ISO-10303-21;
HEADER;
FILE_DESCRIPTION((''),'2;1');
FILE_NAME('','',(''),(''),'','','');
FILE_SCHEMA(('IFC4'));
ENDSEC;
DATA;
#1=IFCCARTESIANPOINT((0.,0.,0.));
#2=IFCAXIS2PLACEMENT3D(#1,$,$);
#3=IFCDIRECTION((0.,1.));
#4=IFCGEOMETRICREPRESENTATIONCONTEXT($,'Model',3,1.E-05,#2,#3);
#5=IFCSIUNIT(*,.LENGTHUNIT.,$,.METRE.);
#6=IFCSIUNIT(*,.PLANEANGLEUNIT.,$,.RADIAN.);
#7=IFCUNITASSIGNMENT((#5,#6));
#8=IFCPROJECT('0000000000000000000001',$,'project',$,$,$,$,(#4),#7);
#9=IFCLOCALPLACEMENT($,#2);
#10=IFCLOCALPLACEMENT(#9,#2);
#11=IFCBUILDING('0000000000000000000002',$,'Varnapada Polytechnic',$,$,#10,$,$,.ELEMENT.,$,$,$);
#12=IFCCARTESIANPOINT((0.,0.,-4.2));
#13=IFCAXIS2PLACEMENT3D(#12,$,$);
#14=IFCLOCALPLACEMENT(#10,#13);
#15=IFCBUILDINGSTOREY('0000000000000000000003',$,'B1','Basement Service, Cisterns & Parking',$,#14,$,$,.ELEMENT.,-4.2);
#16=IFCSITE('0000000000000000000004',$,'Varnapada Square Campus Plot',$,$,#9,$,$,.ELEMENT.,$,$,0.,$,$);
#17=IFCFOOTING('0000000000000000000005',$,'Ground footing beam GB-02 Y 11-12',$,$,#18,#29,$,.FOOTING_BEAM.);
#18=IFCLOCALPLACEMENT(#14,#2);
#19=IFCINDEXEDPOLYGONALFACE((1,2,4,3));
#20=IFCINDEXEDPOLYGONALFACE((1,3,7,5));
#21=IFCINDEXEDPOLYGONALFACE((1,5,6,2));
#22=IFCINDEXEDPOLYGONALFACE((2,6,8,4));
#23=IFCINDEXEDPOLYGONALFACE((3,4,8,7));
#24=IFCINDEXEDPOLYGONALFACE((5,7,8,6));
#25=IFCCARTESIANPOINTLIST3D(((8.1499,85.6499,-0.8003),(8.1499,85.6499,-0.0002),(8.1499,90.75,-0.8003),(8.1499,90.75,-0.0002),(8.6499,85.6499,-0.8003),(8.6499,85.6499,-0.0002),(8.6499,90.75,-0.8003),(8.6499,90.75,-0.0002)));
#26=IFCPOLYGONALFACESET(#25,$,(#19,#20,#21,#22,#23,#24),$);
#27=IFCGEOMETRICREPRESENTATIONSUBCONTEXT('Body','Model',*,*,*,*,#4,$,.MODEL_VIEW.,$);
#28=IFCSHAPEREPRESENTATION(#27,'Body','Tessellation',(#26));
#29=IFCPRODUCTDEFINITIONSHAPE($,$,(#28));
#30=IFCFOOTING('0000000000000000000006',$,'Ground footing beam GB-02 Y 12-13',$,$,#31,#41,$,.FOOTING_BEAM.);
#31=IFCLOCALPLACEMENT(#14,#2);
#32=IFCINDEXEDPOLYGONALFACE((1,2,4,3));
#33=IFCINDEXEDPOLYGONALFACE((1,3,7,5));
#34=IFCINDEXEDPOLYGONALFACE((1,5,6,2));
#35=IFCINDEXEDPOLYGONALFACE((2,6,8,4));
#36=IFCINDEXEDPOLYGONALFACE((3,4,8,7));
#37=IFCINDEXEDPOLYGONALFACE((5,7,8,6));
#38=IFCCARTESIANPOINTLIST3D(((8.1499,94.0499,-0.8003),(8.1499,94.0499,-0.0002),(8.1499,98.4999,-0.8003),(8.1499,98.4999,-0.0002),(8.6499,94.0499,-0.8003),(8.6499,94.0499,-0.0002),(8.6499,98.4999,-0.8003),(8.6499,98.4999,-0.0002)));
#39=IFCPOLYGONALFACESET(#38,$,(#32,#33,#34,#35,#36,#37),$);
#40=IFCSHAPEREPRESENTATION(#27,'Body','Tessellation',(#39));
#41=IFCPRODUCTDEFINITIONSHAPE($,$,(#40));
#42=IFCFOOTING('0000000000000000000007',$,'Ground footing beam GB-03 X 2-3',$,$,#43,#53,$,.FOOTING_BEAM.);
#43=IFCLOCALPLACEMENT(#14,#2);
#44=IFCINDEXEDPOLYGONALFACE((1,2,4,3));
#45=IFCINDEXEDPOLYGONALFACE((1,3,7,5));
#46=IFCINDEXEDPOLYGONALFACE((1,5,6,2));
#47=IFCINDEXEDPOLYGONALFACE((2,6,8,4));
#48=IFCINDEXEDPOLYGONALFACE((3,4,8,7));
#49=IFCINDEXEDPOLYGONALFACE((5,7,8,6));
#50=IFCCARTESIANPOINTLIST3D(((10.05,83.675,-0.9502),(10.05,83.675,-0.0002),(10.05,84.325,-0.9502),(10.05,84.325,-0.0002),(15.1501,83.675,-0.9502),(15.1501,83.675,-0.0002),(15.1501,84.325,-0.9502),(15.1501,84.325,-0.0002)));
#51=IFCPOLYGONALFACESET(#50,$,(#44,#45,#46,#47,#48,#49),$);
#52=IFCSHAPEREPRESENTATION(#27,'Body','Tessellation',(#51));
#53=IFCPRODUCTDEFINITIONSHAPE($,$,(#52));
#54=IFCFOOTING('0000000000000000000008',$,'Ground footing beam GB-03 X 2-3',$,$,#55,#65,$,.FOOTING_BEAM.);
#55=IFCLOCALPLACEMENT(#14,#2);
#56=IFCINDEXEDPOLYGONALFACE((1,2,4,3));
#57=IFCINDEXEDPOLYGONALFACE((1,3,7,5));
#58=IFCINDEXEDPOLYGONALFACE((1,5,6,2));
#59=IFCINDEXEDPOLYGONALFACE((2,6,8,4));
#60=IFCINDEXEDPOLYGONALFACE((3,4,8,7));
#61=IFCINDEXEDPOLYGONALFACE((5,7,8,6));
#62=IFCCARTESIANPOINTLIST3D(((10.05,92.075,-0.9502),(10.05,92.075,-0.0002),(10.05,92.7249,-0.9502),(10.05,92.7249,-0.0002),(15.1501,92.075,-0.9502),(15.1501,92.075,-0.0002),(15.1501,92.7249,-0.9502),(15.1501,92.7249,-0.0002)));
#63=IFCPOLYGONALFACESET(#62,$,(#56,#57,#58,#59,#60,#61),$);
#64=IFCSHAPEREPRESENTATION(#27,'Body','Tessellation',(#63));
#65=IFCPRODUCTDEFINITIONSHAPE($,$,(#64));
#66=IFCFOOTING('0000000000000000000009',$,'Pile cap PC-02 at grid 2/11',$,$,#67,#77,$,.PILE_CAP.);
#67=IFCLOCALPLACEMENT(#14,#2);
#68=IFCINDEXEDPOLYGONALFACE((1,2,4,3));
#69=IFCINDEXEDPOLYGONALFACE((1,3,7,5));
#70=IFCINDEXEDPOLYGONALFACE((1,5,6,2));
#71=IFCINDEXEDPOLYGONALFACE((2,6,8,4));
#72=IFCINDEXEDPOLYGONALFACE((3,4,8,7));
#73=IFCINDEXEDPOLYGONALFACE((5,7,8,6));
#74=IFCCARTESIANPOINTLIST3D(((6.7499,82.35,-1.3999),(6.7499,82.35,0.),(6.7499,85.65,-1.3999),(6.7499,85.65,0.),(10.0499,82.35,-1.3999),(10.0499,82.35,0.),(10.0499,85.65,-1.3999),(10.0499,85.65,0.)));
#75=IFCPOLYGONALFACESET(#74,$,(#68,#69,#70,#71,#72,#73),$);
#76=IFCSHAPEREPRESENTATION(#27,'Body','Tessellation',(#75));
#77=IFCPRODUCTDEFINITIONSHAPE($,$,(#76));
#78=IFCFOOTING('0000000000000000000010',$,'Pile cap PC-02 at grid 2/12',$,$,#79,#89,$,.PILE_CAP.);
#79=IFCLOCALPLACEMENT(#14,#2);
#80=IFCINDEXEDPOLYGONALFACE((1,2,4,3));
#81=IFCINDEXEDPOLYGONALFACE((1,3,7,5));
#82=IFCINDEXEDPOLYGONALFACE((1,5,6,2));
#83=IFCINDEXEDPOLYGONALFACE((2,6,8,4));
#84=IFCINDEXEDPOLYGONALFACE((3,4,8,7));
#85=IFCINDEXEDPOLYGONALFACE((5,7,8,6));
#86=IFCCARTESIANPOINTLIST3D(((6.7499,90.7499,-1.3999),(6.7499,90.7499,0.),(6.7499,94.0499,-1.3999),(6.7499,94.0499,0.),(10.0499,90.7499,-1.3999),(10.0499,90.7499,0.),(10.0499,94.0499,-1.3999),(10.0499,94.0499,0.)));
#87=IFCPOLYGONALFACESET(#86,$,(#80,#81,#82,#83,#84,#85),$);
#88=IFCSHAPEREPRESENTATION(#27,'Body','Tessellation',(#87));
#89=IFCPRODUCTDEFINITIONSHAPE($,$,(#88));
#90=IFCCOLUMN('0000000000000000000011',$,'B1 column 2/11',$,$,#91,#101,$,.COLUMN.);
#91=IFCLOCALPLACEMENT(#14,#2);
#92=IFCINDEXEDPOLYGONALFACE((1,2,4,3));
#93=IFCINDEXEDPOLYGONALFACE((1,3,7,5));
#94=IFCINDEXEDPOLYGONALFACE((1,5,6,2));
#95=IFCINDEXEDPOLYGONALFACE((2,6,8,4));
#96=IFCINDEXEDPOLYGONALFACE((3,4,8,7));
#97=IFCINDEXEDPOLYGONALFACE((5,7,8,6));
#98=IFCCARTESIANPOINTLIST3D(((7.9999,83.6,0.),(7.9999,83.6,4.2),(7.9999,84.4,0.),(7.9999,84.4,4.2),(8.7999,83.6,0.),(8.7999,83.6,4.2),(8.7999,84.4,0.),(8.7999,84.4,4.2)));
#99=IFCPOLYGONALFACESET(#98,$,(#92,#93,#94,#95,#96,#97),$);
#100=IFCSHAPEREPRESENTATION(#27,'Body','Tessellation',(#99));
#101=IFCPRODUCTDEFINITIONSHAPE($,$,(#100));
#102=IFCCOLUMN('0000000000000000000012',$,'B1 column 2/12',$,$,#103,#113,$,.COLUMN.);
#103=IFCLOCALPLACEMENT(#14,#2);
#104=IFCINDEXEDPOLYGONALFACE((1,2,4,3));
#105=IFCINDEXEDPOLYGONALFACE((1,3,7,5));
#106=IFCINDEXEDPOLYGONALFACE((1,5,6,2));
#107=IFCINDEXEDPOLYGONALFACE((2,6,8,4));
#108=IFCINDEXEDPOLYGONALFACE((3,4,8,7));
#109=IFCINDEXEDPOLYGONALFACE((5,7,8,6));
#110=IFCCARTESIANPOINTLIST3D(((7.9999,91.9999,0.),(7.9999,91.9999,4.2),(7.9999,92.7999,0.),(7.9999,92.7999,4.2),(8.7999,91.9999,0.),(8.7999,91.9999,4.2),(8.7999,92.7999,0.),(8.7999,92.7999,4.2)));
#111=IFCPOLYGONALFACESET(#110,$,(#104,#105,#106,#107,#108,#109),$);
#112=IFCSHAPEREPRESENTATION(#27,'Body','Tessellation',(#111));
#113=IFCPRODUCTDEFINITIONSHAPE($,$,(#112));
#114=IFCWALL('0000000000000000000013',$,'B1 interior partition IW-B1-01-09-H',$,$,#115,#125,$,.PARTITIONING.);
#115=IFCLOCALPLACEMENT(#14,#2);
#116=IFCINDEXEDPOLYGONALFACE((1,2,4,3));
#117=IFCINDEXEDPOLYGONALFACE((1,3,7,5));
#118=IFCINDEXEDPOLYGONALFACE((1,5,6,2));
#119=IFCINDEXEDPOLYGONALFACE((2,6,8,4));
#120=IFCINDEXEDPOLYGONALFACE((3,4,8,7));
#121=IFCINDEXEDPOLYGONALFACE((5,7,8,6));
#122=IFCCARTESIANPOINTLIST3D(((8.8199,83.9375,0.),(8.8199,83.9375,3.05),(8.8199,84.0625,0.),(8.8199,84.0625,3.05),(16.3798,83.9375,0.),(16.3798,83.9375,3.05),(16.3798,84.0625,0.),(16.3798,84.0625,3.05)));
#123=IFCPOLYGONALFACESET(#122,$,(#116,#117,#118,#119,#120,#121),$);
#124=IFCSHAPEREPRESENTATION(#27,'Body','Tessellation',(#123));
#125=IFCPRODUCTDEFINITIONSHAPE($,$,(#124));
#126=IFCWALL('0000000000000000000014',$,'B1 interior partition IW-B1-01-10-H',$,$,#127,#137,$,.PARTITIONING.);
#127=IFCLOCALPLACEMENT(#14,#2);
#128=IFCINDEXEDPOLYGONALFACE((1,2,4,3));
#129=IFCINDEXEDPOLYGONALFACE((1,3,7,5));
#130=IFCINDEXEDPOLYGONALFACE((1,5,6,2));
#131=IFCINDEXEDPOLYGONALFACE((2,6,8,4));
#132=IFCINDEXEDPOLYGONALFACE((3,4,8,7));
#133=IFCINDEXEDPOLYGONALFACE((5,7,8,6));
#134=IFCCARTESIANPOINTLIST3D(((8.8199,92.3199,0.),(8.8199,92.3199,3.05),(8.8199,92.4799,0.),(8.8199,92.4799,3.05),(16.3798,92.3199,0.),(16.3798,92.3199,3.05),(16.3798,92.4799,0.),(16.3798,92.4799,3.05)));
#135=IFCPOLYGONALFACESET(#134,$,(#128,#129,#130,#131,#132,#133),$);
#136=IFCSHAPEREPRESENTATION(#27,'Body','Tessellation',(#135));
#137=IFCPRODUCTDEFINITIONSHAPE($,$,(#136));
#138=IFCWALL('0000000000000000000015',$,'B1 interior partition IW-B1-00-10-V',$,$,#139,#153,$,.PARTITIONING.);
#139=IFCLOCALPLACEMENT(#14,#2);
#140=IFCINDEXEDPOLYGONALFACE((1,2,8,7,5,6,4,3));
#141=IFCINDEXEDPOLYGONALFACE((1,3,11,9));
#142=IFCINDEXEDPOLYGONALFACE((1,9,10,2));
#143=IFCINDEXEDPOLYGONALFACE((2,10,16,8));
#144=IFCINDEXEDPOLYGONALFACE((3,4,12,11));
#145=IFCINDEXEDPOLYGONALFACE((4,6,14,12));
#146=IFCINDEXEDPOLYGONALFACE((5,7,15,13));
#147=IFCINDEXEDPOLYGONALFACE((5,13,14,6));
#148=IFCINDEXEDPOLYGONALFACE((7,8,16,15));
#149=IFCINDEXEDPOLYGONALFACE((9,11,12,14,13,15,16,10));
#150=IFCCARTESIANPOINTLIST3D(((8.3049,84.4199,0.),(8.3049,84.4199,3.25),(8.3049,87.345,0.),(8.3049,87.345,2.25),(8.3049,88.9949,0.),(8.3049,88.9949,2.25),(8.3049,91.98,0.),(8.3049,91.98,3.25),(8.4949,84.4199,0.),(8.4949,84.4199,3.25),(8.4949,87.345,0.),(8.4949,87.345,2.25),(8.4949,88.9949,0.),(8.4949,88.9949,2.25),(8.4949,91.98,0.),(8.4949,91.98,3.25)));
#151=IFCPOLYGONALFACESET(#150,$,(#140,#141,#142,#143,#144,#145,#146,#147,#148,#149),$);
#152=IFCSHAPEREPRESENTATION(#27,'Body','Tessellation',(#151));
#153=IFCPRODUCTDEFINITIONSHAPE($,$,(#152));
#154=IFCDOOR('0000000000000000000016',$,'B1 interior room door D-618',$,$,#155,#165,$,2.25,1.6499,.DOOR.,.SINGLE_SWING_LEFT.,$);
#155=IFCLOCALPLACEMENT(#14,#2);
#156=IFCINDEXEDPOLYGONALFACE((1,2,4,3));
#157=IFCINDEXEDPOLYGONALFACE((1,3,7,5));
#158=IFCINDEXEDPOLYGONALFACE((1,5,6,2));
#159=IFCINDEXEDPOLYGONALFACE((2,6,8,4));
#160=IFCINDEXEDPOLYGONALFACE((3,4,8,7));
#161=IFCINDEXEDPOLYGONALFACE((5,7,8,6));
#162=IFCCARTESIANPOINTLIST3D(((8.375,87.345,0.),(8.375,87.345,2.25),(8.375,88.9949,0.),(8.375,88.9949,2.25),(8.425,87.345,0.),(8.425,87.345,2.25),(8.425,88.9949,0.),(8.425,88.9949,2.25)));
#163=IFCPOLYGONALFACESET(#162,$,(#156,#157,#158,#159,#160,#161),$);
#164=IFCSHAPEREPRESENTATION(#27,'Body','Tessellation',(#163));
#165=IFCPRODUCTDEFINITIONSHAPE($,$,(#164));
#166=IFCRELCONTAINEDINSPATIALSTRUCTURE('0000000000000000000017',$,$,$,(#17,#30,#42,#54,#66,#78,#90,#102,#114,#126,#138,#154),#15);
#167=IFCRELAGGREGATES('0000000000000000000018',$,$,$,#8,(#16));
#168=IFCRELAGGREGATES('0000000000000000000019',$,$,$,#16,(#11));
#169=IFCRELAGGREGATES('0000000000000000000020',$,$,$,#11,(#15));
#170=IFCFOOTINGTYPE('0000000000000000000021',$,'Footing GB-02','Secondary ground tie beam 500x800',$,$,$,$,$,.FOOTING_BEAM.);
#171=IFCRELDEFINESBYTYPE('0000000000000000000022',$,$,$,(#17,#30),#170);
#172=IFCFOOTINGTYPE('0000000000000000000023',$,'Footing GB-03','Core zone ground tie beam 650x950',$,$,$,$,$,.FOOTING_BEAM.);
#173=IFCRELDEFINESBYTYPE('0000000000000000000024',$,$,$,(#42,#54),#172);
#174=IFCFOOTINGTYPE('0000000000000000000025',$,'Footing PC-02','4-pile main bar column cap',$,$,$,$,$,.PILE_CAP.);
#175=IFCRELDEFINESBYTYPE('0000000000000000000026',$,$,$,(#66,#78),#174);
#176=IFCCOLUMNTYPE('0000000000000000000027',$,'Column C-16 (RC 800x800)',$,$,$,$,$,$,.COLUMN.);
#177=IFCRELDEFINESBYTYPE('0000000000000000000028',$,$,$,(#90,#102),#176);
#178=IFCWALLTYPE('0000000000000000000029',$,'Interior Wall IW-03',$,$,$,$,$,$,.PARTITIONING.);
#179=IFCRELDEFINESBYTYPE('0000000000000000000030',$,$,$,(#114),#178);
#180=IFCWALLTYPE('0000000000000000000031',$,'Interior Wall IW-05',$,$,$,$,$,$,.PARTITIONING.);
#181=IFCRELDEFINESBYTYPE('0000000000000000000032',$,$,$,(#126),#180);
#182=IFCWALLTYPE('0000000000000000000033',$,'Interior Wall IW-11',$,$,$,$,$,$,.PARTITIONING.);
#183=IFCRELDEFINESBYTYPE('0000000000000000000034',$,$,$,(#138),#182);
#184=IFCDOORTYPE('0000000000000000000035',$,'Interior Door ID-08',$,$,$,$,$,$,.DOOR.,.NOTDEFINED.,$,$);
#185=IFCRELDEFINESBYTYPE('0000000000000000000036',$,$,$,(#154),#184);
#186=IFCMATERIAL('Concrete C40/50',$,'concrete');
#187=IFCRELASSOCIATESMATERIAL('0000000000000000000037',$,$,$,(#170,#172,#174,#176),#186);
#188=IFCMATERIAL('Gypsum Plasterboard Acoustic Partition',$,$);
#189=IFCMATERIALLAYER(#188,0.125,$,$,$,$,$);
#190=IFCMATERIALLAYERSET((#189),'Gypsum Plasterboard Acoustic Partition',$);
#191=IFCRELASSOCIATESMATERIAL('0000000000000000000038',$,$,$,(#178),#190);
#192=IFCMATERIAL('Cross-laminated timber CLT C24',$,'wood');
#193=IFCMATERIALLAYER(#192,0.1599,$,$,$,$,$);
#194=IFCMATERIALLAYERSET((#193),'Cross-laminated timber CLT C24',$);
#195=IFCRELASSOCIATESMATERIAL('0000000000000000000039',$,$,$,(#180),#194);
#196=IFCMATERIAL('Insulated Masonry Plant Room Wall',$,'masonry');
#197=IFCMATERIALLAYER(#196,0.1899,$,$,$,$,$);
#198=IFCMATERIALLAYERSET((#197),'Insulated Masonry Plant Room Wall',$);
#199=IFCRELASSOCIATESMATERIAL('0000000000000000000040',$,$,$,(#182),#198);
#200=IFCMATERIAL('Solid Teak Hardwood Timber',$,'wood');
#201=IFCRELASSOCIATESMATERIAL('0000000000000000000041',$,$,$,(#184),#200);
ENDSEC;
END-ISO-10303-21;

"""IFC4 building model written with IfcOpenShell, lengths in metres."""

from ifc_helpers import new_model, si_unit, direction, frame, frame_2d, origin, origin_2d, place, context, subcontext, project, spatial, rectangle, extrude, material, layer, layer_set, material_profile, profile_set, type_object, element, fill, save


model = new_model("IFC4")

# Units and contexts
model_context = context("Model", 3, precision=1e-05, world=origin(), true_north=direction((0.0, 1.0)))
body_context = subcontext(model_context, "Body", "Model", "MODEL_VIEW")
ifc_project = project(units=[si_unit("LENGTHUNIT", "METRE"), si_unit("PLANEANGLEUNIT", "RADIAN")], contexts=[model_context])

# Site, building, storey
site_placement = place(None, origin())
site = spatial("IfcSite", under=ifc_project, at=site_placement, Name="Varnapada Square Campus Plot", CompositionType="ELEMENT", RefElevation=0.0)
building_placement = place(site_placement, origin())
building = spatial("IfcBuilding", under=site, at=building_placement, Name="Varnapada Polytechnic", CompositionType="ELEMENT")
storey_placement = place(building_placement, frame((0.0, 0.0, -4.2)))
storey = spatial("IfcBuildingStorey", under=building, at=storey_placement, Name="B1", Description="Basement Service, Cisterns & Parking", CompositionType="ELEMENT", Elevation=-4.2)

# Shared definitions
ifc_material_1 = material(Name="Concrete C40/50", Category="concrete")

# Footings
footing_type_1 = type_object("IfcFootingType", Name="Footing GB-02", Description="Secondary ground tie beam 500x800", PredefinedType="FOOTING_BEAM", material=ifc_material_1)
footing_1_placement = place(storey_placement, frame((8.3999, 88.2, -0.8003), z_axis=(0.0, 0.0, 1.0), x_axis=(0.0, 1.0, 0.0)))
element("IfcFooting", 1, at=footing_1_placement, inside=storey, type_object=footing_type_1, Name="Ground footing beam GB-02 Y 11-12", PredefinedType="FOOTING_BEAM", context=body_context, shape_type="SweptSolid", body=[
    extrude(rectangle(XDim=5.1001, YDim=0.5, at=origin_2d()), origin(), (0.0, 0.0, 1.0), 0.8),
])
footing_2_placement = place(storey_placement, frame((8.3999, 96.2749, -0.8003), z_axis=(0.0, 0.0, 1.0), x_axis=(0.0, 1.0, 0.0)))
element("IfcFooting", 2, at=footing_2_placement, inside=storey, type_object=footing_type_1, Name="Ground footing beam GB-02 Y 12-13", PredefinedType="FOOTING_BEAM", context=body_context, shape_type="SweptSolid", body=[
    extrude(rectangle(XDim=4.45, YDim=0.5, at=origin_2d()), origin(), (0.0, 0.0, 1.0), 0.8),
])
footing_type_2 = type_object("IfcFootingType", Name="Footing GB-03", Description="Core zone ground tie beam 650x950", PredefinedType="FOOTING_BEAM", material=ifc_material_1)
for number, where, z_axis, x_axis, name in (
    (3, (12.6001, 84.0, -0.9502), (0.0, 0.0, 1.0), (1.0, 0.0, 0.0), "Ground footing beam GB-03 X 2-3"),
    (4, (12.6001, 92.3999, -0.9502), (0.0, 0.0, 1.0), (1.0, 0.0, 0.0), "Ground footing beam GB-03 X 2-3"),
):
    element("IfcFooting", number, at=place(storey_placement, frame(where, z_axis=z_axis, x_axis=x_axis)), inside=storey, type_object=footing_type_2, Name=name, PredefinedType="FOOTING_BEAM", context=body_context, shape_type="SweptSolid", body=[
        extrude(rectangle(XDim=5.1001, YDim=0.6499, at=origin_2d()), origin(), (0.0, 0.0, 1.0), 0.95),
    ])
footing_type_3 = type_object("IfcFootingType", Name="Footing PC-02", Description="4-pile main bar column cap", PredefinedType="PILE_CAP", material=ifc_material_1)
for number, where, z_axis, x_axis, name in (
    (5, (8.3999, 84.0, -1.3999), (0.0, 0.0, 1.0), (1.0, 0.0, 0.0), "Pile cap PC-02 at grid 2/11"),
    (6, (8.3999, 92.3999, -1.3999), (0.0, 0.0, 1.0), (1.0, 0.0, 0.0), "Pile cap PC-02 at grid 2/12"),
):
    element("IfcFooting", number, at=place(storey_placement, frame(where, z_axis=z_axis, x_axis=x_axis)), inside=storey, type_object=footing_type_3, Name=name, PredefinedType="PILE_CAP", context=body_context, shape_type="SweptSolid", body=[
        extrude(rectangle(XDim=3.3, YDim=3.3, at=origin_2d()), origin(), (0.0, 0.0, 1.0), 1.3999),
    ])

# Columns
ifc_material_profile_1 = material_profile(ifc_material_1, rectangle(XDim=0.8, YDim=0.8, at=origin_2d()), Name="RC 800x800")
ifc_profile_set_1 = profile_set([ifc_material_profile_1], Name="Concrete C40/50")
column_type = type_object("IfcColumnType", Name="Column C-16 (RC 800x800)", PredefinedType="COLUMN", material=ifc_profile_set_1)
for number, where, z_axis, x_axis, name in (
    (7, (8.3999, 84.0, 0.0), (0.0, 0.0, 1.0), (1.0, 0.0, 0.0), "B1 column 2/11"),
    (8, (8.3999, 92.3999, 0.0), (0.0, 0.0, 1.0), (1.0, 0.0, 0.0), "B1 column 2/12"),
):
    element("IfcColumn", number, at=place(storey_placement, frame(where, z_axis=z_axis, x_axis=x_axis)), inside=storey, type_object=column_type, Name=name, PredefinedType="COLUMN", context=body_context, shape_type="SweptSolid", body=[
        extrude(rectangle(XDim=0.8, YDim=0.8, at=origin_2d()), origin(), (0.0, 0.0, 1.0), 4.2),
    ])

# Walls
ifc_material_2 = material(Name="Gypsum Plasterboard Acoustic Partition")
ifc_layer_1 = layer(ifc_material_2, 0.125)
ifc_layer_set_1 = layer_set([ifc_layer_1], Name="Gypsum Plasterboard Acoustic Partition")
wall_type_1 = type_object("IfcWallType", Name="Interior Wall IW-03", PredefinedType="PARTITIONING", material=ifc_layer_set_1)
wall_1_placement = place(storey_placement, frame((8.8201, 84.0, 0.0), z_axis=(0.0, 0.0, 1.0), x_axis=(1.0, 0.0, 0.0)))
element("IfcWall", 9, at=wall_1_placement, inside=storey, type_object=wall_type_1, Name="B1 interior partition IW-B1-01-09-H", PredefinedType="PARTITIONING", context=body_context, shape_type="SweptSolid", body=[
    extrude(rectangle(XDim=7.5598, YDim=0.125, at=frame_2d((3.7798, 0.0))), origin(), (0.0, 0.0, 1.0), 3.05),
])
ifc_material_3 = material(Name="Cross-laminated timber CLT C24", Category="wood")
ifc_layer_2 = layer(ifc_material_3, 0.1599)
ifc_layer_set_2 = layer_set([ifc_layer_2], Name="Cross-laminated timber CLT C24")
wall_type_2 = type_object("IfcWallType", Name="Interior Wall IW-05", PredefinedType="PARTITIONING", material=ifc_layer_set_2)
wall_2_placement = place(storey_placement, frame((8.8201, 92.3999, 0.0), z_axis=(0.0, 0.0, 1.0), x_axis=(1.0, 0.0, 0.0)))
element("IfcWall", 10, at=wall_2_placement, inside=storey, type_object=wall_type_2, Name="B1 interior partition IW-B1-01-10-H", PredefinedType="PARTITIONING", context=body_context, shape_type="SweptSolid", body=[
    extrude(rectangle(XDim=7.5598, YDim=0.1599, at=frame_2d((3.7798, 0.0))), origin(), (0.0, 0.0, 1.0), 3.05),
])

# Wall, opening, door
ifc_material_4 = material(Name="Insulated Masonry Plant Room Wall", Category="masonry")
ifc_layer_3 = layer(ifc_material_4, 0.1899)
ifc_layer_set_3 = layer_set([ifc_layer_3], Name="Insulated Masonry Plant Room Wall")
wall_type_3 = type_object("IfcWallType", Name="Interior Wall IW-11", PredefinedType="PARTITIONING", material=ifc_layer_set_3)
wall_3_placement = place(storey_placement, frame((8.3999, 84.4199, 0.0), z_axis=(0.0, 0.0, 1.0), x_axis=(0.0, 1.0, 0.0)))
wall_3 = element("IfcWall", 11, at=wall_3_placement, inside=storey, type_object=wall_type_3, Name="B1 interior partition IW-B1-00-10-V", PredefinedType="PARTITIONING", context=body_context, shape_type="SweptSolid", body=[
    extrude(rectangle(XDim=7.5601, YDim=0.1899, at=frame_2d((3.78, 0.0))), origin(), (0.0, 0.0, 1.0), 3.25),
])
opening_1_placement = place(wall_3_placement, frame((2.925, 0.0, 0.0)))
opening_1 = element("IfcOpeningElement", 12, at=opening_1_placement, cuts=wall_3, PredefinedType="OPENING", context=body_context, shape_type="SweptSolid", body=[
    extrude(rectangle(XDim=1.6499, YDim=2.25, at=frame_2d((0.825, 1.125))), frame((0.0, 0.105, 0.0), z_axis=(0.0, -1.0, 0.0), x_axis=(1.0, 0.0, 0.0)), (0.0, 0.0, 1.0), 0.21),
])
ifc_material_5 = material(Name="Solid Teak Hardwood Timber", Category="wood")
door_type_1 = type_object("IfcDoorType", Name="Interior Door ID-08", OperationType="NOTDEFINED", PredefinedType="DOOR", material=ifc_material_5)
door_1_placement = place(opening_1_placement, origin())
door_1 = element("IfcDoor", 13, at=door_1_placement, inside=storey, type_object=door_type_1, Name="B1 interior room door D-618", OperationType="SINGLE_SWING_LEFT", OverallHeight=2.25, OverallWidth=1.6499, PredefinedType="DOOR", context=body_context, shape_type="SweptSolid", body=[
    extrude(rectangle(XDim=1.6499, YDim=2.25, at=frame_2d((0.825, 1.125))), frame((0.0, 0.0249, 0.0), z_axis=(0.0, -1.0, 0.0), x_axis=(1.0, 0.0, 0.0)), (0.0, 0.0, 1.0), 0.05),
])
fill(opening_1, door_1)

save(model, "model.ifc")
